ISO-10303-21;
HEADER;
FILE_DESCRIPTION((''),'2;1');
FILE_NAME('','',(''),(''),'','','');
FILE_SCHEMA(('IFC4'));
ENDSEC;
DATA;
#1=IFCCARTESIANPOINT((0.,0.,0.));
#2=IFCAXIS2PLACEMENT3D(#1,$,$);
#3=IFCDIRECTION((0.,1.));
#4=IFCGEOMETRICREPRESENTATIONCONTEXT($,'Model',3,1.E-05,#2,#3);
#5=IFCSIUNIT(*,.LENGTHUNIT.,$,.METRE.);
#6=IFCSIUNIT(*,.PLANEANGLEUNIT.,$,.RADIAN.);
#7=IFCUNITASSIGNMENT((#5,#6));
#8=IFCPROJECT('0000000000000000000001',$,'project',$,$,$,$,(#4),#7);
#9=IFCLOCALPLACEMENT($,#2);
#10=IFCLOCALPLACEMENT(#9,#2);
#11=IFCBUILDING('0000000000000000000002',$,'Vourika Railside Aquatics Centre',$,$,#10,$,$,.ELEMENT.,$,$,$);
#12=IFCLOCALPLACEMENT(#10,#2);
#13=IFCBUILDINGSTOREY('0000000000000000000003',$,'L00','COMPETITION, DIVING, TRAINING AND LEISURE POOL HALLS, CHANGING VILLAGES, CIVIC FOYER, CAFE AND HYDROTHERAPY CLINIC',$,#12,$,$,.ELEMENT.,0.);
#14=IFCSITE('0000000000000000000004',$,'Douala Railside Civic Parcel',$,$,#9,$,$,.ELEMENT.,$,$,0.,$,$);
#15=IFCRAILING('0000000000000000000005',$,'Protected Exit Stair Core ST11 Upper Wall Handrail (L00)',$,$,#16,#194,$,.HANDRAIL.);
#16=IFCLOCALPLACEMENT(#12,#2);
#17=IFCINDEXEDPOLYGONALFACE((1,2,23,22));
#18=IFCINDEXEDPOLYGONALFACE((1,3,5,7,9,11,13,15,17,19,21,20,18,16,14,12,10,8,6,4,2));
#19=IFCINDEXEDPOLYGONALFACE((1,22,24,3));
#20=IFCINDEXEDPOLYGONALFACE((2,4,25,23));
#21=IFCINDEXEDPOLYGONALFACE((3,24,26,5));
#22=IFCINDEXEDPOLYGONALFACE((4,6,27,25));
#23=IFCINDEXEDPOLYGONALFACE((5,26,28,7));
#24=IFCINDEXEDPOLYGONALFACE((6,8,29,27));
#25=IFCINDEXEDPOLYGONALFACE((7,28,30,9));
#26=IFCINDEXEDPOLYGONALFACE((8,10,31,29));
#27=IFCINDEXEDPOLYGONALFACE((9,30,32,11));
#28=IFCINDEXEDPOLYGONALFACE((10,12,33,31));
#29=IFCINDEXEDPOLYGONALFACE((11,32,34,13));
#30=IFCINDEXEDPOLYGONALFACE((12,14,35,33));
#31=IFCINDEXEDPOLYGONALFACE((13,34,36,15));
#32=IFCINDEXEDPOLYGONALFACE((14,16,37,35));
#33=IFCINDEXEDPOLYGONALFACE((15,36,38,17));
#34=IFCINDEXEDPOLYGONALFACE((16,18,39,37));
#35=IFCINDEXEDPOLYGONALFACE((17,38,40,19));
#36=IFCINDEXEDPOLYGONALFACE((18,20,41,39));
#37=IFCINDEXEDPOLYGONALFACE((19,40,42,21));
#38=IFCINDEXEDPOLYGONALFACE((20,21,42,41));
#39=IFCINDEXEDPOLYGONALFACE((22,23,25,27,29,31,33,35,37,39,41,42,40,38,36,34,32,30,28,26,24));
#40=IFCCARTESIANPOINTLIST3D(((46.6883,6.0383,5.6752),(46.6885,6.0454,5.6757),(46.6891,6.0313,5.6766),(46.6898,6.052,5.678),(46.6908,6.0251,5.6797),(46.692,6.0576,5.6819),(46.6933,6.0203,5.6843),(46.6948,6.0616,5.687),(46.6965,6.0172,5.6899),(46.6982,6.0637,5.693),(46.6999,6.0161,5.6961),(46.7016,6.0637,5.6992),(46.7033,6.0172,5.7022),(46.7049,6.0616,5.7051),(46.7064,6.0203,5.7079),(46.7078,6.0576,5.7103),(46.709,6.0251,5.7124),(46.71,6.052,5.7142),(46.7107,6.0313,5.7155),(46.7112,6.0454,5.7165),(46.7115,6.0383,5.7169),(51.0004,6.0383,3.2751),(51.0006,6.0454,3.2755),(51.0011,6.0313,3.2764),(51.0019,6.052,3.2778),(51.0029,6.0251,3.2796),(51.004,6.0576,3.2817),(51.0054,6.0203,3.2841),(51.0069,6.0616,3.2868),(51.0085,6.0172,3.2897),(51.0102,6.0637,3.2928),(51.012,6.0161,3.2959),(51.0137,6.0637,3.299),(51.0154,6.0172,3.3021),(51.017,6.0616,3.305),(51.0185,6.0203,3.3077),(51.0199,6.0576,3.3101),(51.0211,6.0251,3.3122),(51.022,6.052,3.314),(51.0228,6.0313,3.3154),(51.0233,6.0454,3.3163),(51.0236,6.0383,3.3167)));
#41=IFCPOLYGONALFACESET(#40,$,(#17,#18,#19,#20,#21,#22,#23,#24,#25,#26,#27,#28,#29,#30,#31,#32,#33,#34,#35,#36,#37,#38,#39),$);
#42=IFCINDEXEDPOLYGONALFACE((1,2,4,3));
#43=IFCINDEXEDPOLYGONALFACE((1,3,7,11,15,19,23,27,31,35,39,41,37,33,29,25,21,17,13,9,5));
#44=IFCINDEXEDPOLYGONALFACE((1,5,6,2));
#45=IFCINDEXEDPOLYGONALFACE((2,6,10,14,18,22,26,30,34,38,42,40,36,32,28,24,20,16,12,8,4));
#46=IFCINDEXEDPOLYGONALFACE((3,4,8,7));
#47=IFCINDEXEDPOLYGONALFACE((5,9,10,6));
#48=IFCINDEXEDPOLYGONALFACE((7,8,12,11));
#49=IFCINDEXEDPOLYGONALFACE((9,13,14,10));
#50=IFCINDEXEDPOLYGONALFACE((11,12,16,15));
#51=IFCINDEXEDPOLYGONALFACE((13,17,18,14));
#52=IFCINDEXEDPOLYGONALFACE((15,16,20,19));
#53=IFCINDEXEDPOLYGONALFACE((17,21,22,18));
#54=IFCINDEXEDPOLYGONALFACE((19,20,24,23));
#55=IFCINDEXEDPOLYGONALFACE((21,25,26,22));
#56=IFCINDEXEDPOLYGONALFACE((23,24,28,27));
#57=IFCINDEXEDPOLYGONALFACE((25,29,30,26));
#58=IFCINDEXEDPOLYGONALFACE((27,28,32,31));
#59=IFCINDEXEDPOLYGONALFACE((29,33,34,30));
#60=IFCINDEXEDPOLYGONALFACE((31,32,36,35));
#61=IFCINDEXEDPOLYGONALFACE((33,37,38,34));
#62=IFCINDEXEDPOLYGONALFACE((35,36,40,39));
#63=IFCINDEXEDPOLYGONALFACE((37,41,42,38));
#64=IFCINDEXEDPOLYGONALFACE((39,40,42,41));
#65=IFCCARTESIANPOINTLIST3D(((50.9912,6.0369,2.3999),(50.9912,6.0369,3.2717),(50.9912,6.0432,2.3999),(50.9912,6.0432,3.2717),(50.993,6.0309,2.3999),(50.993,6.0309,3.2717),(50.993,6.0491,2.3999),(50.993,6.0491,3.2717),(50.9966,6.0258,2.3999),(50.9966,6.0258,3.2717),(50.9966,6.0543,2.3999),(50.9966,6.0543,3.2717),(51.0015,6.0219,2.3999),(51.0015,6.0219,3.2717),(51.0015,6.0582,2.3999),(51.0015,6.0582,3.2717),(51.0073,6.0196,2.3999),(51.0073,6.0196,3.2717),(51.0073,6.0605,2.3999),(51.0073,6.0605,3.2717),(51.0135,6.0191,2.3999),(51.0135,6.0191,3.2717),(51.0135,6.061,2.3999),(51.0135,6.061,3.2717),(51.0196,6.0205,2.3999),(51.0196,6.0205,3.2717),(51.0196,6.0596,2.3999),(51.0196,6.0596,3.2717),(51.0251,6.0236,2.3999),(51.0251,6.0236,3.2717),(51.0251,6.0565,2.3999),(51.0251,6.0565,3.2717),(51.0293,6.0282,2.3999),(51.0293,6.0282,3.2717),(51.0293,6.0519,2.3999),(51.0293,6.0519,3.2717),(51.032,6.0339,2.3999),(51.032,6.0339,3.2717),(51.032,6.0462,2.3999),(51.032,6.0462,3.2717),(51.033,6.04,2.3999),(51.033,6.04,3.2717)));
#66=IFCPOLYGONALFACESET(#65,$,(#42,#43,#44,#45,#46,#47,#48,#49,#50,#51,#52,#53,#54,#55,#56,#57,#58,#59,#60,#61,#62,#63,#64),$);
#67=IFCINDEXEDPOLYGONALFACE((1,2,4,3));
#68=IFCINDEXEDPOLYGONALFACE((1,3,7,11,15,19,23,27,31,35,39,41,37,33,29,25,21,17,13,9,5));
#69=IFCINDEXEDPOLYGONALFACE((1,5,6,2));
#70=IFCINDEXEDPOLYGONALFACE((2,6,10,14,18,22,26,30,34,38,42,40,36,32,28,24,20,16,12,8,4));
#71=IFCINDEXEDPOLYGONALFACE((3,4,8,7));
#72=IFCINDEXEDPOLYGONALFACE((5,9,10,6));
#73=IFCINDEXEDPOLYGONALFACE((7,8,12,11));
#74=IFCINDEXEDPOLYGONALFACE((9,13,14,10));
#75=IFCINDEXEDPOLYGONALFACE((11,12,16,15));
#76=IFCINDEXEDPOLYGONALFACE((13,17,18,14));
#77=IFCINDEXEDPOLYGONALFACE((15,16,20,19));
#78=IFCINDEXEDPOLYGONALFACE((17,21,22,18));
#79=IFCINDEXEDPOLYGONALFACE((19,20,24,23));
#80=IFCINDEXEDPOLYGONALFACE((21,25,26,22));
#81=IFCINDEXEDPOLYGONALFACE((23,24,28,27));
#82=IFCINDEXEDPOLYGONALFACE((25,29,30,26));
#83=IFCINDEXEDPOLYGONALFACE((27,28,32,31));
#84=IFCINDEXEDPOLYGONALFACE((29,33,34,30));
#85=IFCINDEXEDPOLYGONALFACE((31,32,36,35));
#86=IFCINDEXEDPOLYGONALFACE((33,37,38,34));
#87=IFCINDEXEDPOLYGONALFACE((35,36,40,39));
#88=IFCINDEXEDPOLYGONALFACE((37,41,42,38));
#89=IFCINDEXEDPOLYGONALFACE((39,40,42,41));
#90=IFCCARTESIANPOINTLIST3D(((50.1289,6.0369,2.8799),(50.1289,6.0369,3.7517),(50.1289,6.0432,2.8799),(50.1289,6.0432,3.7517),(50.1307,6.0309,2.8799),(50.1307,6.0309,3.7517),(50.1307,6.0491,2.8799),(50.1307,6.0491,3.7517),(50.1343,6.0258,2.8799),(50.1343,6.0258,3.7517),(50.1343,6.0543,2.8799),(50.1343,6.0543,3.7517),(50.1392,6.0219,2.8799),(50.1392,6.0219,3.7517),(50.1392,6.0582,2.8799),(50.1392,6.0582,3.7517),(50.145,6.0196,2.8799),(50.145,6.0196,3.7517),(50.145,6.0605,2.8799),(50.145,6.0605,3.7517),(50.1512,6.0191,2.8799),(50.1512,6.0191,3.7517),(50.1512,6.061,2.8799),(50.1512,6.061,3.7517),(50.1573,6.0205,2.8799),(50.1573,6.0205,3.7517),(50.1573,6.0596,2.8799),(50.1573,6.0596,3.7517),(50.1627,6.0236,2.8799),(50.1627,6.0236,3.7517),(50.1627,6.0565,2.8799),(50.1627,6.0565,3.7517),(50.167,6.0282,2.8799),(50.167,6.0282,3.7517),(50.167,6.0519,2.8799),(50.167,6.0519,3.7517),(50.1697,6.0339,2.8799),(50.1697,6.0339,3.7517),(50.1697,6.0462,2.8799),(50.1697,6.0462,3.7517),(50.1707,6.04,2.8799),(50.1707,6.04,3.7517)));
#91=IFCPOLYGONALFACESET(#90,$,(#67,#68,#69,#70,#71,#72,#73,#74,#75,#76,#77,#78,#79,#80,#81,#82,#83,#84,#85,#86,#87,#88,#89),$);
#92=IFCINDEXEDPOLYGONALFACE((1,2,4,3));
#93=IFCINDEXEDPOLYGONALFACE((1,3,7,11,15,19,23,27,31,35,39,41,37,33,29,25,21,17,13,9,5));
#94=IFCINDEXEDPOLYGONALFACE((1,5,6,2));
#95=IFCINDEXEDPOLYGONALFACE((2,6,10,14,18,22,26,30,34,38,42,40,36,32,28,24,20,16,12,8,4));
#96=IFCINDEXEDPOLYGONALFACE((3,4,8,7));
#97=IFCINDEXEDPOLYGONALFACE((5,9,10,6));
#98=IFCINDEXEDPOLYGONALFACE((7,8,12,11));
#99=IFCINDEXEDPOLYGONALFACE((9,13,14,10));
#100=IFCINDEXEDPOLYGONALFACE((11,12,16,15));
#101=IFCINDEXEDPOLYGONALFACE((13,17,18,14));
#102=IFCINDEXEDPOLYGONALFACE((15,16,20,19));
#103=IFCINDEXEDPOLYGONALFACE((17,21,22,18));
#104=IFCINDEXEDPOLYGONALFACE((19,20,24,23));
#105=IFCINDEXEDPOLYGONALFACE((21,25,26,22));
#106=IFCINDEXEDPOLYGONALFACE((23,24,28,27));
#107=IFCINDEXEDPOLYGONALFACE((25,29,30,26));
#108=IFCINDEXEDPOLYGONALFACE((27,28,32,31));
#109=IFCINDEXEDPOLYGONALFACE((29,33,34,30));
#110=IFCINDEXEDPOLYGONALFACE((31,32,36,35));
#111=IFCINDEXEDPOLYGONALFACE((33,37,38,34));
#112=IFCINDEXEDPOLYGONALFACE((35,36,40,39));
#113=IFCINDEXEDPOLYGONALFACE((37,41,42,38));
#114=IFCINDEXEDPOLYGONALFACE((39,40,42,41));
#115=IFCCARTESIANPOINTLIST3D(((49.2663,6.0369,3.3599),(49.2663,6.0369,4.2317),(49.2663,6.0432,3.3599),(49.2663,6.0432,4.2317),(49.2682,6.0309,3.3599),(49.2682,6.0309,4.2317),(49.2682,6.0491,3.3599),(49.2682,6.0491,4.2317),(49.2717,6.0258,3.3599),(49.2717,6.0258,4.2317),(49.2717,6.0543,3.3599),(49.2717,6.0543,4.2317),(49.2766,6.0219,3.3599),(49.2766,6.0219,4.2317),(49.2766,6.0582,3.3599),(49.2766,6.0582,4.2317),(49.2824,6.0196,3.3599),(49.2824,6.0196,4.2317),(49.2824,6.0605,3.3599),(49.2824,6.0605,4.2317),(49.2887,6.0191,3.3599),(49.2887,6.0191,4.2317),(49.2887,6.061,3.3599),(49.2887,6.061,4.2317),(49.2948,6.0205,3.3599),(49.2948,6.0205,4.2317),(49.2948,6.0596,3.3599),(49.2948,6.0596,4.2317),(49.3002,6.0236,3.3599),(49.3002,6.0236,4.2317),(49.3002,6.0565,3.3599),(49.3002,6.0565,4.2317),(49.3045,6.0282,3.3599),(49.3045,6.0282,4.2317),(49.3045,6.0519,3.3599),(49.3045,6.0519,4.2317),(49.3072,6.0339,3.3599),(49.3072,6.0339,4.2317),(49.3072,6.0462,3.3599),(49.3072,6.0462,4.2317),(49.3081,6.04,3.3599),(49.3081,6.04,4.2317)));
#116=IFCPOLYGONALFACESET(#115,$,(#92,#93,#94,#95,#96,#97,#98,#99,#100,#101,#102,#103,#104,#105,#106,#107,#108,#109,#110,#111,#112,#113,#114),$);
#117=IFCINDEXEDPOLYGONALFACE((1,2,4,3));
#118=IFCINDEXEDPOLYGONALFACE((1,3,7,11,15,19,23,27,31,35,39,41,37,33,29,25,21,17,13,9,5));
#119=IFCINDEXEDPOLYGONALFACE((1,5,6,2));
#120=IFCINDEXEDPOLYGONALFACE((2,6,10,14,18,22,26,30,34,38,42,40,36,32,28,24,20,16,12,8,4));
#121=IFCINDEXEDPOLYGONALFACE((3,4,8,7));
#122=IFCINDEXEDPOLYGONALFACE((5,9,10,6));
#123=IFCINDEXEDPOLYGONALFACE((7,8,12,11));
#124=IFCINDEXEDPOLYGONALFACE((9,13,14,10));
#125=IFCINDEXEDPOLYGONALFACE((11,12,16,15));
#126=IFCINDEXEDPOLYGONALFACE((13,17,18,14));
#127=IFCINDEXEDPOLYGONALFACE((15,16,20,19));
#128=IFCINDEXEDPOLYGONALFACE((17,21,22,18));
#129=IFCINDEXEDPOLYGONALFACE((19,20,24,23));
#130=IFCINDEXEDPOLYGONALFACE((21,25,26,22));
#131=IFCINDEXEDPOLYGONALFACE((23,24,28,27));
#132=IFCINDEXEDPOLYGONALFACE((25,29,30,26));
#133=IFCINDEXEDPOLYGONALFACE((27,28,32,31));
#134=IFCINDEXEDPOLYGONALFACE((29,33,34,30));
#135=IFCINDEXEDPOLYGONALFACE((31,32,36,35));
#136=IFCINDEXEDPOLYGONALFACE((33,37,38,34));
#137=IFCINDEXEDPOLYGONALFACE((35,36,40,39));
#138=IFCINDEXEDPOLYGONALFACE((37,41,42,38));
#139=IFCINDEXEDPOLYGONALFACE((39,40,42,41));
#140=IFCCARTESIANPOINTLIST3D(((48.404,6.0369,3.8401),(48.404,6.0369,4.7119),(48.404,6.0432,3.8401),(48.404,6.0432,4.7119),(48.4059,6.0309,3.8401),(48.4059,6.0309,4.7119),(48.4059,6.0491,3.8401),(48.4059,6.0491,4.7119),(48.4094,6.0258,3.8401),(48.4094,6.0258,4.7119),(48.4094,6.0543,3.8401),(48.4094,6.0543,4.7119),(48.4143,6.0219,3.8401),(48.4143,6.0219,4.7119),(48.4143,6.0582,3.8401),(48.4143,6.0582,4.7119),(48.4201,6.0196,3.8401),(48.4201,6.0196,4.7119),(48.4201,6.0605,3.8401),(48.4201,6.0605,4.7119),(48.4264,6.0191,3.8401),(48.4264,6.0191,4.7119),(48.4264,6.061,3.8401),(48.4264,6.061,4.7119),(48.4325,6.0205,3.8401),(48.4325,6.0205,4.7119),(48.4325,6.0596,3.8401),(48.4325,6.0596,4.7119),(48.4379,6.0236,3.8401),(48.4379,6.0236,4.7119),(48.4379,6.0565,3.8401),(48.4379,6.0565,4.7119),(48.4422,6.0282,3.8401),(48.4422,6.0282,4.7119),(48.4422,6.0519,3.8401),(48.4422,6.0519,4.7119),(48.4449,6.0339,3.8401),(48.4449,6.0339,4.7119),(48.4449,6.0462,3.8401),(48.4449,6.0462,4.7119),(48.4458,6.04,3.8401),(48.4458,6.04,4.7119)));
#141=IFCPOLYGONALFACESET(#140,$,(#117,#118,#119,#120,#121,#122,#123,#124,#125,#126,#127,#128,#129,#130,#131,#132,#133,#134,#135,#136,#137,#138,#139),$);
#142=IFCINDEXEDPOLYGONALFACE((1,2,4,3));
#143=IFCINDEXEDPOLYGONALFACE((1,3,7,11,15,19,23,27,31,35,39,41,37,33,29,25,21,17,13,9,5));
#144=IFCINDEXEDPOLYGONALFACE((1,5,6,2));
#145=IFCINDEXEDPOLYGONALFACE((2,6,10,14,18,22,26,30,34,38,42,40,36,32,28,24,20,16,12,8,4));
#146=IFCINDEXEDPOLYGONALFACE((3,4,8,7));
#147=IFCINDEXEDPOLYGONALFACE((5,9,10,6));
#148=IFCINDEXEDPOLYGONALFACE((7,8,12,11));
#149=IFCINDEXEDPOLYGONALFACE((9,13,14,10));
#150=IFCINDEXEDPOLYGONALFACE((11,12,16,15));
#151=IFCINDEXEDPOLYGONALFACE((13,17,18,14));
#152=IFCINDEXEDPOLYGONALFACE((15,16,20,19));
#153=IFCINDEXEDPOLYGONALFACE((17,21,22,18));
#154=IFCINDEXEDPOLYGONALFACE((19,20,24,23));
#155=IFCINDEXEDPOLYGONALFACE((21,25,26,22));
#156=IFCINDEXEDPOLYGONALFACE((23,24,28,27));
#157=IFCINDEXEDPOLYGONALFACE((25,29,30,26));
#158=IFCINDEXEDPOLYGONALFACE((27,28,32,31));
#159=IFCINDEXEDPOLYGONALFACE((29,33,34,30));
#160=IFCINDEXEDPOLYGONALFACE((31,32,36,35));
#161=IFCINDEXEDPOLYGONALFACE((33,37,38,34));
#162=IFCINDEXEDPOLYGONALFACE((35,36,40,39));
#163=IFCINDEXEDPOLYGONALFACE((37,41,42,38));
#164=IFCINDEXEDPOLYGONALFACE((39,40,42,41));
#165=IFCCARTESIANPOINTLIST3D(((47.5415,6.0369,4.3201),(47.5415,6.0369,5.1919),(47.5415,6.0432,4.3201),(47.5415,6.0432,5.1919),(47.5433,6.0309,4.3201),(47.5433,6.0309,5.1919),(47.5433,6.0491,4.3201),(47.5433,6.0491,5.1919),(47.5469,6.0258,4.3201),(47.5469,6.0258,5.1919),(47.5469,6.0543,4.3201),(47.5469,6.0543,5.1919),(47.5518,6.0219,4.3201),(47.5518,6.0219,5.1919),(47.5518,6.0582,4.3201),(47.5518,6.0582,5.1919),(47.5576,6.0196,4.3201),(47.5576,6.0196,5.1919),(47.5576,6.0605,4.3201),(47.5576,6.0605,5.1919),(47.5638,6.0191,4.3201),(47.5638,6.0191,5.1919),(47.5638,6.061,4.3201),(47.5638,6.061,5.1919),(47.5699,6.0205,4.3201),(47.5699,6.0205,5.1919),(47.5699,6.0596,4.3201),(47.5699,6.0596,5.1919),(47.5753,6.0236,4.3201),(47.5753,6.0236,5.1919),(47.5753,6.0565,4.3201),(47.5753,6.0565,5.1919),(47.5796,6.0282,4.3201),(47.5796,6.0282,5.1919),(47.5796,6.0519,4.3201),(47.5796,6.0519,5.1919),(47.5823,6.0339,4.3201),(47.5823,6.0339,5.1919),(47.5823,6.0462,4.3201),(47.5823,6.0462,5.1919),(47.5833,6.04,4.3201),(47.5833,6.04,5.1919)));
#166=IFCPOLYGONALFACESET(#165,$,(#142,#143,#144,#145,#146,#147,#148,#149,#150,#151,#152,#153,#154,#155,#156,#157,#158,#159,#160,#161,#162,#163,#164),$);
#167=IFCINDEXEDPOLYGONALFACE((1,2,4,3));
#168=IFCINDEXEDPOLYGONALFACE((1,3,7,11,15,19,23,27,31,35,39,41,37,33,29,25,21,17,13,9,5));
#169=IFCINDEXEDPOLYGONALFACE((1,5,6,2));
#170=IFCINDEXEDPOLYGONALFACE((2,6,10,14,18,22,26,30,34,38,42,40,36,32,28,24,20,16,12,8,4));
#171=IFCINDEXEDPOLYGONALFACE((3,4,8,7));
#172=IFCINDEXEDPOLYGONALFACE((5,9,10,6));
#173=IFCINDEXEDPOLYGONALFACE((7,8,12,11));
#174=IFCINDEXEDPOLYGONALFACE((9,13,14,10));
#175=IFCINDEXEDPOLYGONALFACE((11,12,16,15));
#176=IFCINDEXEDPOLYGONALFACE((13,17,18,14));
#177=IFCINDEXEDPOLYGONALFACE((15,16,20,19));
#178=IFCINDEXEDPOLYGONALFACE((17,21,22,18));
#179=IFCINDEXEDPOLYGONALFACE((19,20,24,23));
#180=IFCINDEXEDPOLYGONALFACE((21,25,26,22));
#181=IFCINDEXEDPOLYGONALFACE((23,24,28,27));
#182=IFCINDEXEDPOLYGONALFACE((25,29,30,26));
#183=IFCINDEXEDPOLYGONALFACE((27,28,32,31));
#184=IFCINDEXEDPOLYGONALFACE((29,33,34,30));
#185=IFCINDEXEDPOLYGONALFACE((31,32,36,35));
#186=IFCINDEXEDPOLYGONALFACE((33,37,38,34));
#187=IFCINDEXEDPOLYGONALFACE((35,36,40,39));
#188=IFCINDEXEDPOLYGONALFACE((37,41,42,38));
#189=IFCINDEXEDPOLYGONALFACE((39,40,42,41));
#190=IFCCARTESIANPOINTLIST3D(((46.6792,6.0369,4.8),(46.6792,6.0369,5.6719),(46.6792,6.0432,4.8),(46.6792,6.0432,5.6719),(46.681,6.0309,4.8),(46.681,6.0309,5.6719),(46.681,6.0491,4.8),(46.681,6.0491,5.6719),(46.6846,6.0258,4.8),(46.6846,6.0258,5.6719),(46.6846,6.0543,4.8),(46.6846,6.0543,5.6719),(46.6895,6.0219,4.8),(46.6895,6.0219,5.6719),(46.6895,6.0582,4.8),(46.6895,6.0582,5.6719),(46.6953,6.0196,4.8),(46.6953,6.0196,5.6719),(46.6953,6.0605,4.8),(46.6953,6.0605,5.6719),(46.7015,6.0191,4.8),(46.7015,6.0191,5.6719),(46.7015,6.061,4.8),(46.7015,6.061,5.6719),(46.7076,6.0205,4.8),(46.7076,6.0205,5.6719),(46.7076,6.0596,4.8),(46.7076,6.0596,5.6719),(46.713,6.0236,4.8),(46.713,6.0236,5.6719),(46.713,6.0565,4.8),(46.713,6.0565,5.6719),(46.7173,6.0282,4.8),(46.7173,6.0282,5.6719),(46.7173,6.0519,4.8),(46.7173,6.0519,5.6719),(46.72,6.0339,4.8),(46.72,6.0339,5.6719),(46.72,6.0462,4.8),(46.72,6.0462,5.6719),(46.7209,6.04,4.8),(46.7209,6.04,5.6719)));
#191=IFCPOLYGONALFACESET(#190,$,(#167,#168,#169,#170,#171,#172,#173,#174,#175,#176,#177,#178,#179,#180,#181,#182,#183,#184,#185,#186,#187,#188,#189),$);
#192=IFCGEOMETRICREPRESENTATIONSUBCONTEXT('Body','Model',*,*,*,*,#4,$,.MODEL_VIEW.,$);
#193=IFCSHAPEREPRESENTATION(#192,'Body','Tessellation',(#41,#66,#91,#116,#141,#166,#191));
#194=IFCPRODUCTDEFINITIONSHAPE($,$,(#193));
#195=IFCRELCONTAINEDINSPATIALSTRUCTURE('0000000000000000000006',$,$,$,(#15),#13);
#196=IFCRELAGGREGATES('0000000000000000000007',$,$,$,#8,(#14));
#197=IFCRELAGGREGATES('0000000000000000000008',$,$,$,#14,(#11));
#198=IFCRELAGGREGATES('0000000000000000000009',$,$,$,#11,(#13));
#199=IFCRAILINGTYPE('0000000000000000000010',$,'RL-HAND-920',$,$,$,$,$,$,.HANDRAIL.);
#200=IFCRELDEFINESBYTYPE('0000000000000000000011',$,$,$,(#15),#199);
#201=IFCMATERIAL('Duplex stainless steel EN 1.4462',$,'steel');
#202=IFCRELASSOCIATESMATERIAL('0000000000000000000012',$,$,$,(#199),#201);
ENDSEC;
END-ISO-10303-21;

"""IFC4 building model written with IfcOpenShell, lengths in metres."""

from ifc_helpers import new_model, si_unit, direction, frame, origin, origin_2d, place, context, subcontext, project, spatial, circle, extrude, material, type_object, element, save


model = new_model("IFC4")

# Units and contexts
model_context = context("Model", 3, precision=1e-05, world=origin(), true_north=direction((0.0, 1.0)))
body_context = subcontext(model_context, "Body", "Model", "MODEL_VIEW")
ifc_project = project(units=[si_unit("LENGTHUNIT", "METRE"), si_unit("PLANEANGLEUNIT", "RADIAN")], contexts=[model_context])

# Site, building, storey
site_placement = place(None, origin())
site = spatial("IfcSite", under=ifc_project, at=site_placement, Name="Douala Railside Civic Parcel", CompositionType="ELEMENT", RefElevation=0.0)
building_placement = place(site_placement, origin())
building = spatial("IfcBuilding", under=site, at=building_placement, Name="Vourika Railside Aquatics Centre", CompositionType="ELEMENT")
storey_placement = place(building_placement, origin())
storey = spatial("IfcBuildingStorey", under=building, at=storey_placement, Name="L00", Description="COMPETITION, DIVING, TRAINING AND LEISURE POOL HALLS, CHANGING VILLAGES, CIVIC FOYER, CAFE AND HYDROTHERAPY CLINIC", CompositionType="ELEMENT", Elevation=0.0)

# Railing
ifc_material_1 = material(Name="Duplex stainless steel EN 1.4462", Category="steel")
railing_type_1 = type_object("IfcRailingType", Name="RL-HAND-920", PredefinedType="HANDRAIL", material=ifc_material_1)
railing_1_placement = place(storey_placement, frame((51.012, 6.04, 2.3999)))
element("IfcRailing", 1, at=railing_1_placement, inside=storey, type_object=railing_type_1, Name="Protected Exit Stair Core ST11 Upper Wall Handrail (L00)", PredefinedType="HANDRAIL", context=body_context, shape_type="SweptSolid", body=[
    extrude(circle(Radius=0.0239, at=origin_2d()), frame((0.0, 0.0, 0.896), z_axis=(-0.873763, 0.0, 0.486353), x_axis=(0.0, -1.0, 0.0)), (0.0, 0.0, 1.0), 4.9351),
    extrude(circle(Radius=0.021, at=origin_2d()), origin(), (0.0, 0.0, 1.0), 0.8718),
    extrude(circle(Radius=0.021, at=origin_2d()), frame((-0.8623, 0.0, 0.48)), (0.0, 0.0, 1.0), 0.8718),
    extrude(circle(Radius=0.021, at=origin_2d()), frame((-1.7249, 0.0, 0.96)), (0.0, 0.0, 1.0), 0.8718),
    extrude(circle(Radius=0.021, at=origin_2d()), frame((-2.5872, 0.0, 1.4402)), (0.0, 0.0, 1.0), 0.8718),
    extrude(circle(Radius=0.021, at=origin_2d()), frame((-3.4497, 0.0, 1.9202)), (0.0, 0.0, 1.0), 0.8718),
    extrude(circle(Radius=0.021, at=origin_2d()), frame((-4.312, 0.0, 2.4001)), (0.0, 0.0, 1.0), 0.8718),
])

save(model, "model.ifc")
